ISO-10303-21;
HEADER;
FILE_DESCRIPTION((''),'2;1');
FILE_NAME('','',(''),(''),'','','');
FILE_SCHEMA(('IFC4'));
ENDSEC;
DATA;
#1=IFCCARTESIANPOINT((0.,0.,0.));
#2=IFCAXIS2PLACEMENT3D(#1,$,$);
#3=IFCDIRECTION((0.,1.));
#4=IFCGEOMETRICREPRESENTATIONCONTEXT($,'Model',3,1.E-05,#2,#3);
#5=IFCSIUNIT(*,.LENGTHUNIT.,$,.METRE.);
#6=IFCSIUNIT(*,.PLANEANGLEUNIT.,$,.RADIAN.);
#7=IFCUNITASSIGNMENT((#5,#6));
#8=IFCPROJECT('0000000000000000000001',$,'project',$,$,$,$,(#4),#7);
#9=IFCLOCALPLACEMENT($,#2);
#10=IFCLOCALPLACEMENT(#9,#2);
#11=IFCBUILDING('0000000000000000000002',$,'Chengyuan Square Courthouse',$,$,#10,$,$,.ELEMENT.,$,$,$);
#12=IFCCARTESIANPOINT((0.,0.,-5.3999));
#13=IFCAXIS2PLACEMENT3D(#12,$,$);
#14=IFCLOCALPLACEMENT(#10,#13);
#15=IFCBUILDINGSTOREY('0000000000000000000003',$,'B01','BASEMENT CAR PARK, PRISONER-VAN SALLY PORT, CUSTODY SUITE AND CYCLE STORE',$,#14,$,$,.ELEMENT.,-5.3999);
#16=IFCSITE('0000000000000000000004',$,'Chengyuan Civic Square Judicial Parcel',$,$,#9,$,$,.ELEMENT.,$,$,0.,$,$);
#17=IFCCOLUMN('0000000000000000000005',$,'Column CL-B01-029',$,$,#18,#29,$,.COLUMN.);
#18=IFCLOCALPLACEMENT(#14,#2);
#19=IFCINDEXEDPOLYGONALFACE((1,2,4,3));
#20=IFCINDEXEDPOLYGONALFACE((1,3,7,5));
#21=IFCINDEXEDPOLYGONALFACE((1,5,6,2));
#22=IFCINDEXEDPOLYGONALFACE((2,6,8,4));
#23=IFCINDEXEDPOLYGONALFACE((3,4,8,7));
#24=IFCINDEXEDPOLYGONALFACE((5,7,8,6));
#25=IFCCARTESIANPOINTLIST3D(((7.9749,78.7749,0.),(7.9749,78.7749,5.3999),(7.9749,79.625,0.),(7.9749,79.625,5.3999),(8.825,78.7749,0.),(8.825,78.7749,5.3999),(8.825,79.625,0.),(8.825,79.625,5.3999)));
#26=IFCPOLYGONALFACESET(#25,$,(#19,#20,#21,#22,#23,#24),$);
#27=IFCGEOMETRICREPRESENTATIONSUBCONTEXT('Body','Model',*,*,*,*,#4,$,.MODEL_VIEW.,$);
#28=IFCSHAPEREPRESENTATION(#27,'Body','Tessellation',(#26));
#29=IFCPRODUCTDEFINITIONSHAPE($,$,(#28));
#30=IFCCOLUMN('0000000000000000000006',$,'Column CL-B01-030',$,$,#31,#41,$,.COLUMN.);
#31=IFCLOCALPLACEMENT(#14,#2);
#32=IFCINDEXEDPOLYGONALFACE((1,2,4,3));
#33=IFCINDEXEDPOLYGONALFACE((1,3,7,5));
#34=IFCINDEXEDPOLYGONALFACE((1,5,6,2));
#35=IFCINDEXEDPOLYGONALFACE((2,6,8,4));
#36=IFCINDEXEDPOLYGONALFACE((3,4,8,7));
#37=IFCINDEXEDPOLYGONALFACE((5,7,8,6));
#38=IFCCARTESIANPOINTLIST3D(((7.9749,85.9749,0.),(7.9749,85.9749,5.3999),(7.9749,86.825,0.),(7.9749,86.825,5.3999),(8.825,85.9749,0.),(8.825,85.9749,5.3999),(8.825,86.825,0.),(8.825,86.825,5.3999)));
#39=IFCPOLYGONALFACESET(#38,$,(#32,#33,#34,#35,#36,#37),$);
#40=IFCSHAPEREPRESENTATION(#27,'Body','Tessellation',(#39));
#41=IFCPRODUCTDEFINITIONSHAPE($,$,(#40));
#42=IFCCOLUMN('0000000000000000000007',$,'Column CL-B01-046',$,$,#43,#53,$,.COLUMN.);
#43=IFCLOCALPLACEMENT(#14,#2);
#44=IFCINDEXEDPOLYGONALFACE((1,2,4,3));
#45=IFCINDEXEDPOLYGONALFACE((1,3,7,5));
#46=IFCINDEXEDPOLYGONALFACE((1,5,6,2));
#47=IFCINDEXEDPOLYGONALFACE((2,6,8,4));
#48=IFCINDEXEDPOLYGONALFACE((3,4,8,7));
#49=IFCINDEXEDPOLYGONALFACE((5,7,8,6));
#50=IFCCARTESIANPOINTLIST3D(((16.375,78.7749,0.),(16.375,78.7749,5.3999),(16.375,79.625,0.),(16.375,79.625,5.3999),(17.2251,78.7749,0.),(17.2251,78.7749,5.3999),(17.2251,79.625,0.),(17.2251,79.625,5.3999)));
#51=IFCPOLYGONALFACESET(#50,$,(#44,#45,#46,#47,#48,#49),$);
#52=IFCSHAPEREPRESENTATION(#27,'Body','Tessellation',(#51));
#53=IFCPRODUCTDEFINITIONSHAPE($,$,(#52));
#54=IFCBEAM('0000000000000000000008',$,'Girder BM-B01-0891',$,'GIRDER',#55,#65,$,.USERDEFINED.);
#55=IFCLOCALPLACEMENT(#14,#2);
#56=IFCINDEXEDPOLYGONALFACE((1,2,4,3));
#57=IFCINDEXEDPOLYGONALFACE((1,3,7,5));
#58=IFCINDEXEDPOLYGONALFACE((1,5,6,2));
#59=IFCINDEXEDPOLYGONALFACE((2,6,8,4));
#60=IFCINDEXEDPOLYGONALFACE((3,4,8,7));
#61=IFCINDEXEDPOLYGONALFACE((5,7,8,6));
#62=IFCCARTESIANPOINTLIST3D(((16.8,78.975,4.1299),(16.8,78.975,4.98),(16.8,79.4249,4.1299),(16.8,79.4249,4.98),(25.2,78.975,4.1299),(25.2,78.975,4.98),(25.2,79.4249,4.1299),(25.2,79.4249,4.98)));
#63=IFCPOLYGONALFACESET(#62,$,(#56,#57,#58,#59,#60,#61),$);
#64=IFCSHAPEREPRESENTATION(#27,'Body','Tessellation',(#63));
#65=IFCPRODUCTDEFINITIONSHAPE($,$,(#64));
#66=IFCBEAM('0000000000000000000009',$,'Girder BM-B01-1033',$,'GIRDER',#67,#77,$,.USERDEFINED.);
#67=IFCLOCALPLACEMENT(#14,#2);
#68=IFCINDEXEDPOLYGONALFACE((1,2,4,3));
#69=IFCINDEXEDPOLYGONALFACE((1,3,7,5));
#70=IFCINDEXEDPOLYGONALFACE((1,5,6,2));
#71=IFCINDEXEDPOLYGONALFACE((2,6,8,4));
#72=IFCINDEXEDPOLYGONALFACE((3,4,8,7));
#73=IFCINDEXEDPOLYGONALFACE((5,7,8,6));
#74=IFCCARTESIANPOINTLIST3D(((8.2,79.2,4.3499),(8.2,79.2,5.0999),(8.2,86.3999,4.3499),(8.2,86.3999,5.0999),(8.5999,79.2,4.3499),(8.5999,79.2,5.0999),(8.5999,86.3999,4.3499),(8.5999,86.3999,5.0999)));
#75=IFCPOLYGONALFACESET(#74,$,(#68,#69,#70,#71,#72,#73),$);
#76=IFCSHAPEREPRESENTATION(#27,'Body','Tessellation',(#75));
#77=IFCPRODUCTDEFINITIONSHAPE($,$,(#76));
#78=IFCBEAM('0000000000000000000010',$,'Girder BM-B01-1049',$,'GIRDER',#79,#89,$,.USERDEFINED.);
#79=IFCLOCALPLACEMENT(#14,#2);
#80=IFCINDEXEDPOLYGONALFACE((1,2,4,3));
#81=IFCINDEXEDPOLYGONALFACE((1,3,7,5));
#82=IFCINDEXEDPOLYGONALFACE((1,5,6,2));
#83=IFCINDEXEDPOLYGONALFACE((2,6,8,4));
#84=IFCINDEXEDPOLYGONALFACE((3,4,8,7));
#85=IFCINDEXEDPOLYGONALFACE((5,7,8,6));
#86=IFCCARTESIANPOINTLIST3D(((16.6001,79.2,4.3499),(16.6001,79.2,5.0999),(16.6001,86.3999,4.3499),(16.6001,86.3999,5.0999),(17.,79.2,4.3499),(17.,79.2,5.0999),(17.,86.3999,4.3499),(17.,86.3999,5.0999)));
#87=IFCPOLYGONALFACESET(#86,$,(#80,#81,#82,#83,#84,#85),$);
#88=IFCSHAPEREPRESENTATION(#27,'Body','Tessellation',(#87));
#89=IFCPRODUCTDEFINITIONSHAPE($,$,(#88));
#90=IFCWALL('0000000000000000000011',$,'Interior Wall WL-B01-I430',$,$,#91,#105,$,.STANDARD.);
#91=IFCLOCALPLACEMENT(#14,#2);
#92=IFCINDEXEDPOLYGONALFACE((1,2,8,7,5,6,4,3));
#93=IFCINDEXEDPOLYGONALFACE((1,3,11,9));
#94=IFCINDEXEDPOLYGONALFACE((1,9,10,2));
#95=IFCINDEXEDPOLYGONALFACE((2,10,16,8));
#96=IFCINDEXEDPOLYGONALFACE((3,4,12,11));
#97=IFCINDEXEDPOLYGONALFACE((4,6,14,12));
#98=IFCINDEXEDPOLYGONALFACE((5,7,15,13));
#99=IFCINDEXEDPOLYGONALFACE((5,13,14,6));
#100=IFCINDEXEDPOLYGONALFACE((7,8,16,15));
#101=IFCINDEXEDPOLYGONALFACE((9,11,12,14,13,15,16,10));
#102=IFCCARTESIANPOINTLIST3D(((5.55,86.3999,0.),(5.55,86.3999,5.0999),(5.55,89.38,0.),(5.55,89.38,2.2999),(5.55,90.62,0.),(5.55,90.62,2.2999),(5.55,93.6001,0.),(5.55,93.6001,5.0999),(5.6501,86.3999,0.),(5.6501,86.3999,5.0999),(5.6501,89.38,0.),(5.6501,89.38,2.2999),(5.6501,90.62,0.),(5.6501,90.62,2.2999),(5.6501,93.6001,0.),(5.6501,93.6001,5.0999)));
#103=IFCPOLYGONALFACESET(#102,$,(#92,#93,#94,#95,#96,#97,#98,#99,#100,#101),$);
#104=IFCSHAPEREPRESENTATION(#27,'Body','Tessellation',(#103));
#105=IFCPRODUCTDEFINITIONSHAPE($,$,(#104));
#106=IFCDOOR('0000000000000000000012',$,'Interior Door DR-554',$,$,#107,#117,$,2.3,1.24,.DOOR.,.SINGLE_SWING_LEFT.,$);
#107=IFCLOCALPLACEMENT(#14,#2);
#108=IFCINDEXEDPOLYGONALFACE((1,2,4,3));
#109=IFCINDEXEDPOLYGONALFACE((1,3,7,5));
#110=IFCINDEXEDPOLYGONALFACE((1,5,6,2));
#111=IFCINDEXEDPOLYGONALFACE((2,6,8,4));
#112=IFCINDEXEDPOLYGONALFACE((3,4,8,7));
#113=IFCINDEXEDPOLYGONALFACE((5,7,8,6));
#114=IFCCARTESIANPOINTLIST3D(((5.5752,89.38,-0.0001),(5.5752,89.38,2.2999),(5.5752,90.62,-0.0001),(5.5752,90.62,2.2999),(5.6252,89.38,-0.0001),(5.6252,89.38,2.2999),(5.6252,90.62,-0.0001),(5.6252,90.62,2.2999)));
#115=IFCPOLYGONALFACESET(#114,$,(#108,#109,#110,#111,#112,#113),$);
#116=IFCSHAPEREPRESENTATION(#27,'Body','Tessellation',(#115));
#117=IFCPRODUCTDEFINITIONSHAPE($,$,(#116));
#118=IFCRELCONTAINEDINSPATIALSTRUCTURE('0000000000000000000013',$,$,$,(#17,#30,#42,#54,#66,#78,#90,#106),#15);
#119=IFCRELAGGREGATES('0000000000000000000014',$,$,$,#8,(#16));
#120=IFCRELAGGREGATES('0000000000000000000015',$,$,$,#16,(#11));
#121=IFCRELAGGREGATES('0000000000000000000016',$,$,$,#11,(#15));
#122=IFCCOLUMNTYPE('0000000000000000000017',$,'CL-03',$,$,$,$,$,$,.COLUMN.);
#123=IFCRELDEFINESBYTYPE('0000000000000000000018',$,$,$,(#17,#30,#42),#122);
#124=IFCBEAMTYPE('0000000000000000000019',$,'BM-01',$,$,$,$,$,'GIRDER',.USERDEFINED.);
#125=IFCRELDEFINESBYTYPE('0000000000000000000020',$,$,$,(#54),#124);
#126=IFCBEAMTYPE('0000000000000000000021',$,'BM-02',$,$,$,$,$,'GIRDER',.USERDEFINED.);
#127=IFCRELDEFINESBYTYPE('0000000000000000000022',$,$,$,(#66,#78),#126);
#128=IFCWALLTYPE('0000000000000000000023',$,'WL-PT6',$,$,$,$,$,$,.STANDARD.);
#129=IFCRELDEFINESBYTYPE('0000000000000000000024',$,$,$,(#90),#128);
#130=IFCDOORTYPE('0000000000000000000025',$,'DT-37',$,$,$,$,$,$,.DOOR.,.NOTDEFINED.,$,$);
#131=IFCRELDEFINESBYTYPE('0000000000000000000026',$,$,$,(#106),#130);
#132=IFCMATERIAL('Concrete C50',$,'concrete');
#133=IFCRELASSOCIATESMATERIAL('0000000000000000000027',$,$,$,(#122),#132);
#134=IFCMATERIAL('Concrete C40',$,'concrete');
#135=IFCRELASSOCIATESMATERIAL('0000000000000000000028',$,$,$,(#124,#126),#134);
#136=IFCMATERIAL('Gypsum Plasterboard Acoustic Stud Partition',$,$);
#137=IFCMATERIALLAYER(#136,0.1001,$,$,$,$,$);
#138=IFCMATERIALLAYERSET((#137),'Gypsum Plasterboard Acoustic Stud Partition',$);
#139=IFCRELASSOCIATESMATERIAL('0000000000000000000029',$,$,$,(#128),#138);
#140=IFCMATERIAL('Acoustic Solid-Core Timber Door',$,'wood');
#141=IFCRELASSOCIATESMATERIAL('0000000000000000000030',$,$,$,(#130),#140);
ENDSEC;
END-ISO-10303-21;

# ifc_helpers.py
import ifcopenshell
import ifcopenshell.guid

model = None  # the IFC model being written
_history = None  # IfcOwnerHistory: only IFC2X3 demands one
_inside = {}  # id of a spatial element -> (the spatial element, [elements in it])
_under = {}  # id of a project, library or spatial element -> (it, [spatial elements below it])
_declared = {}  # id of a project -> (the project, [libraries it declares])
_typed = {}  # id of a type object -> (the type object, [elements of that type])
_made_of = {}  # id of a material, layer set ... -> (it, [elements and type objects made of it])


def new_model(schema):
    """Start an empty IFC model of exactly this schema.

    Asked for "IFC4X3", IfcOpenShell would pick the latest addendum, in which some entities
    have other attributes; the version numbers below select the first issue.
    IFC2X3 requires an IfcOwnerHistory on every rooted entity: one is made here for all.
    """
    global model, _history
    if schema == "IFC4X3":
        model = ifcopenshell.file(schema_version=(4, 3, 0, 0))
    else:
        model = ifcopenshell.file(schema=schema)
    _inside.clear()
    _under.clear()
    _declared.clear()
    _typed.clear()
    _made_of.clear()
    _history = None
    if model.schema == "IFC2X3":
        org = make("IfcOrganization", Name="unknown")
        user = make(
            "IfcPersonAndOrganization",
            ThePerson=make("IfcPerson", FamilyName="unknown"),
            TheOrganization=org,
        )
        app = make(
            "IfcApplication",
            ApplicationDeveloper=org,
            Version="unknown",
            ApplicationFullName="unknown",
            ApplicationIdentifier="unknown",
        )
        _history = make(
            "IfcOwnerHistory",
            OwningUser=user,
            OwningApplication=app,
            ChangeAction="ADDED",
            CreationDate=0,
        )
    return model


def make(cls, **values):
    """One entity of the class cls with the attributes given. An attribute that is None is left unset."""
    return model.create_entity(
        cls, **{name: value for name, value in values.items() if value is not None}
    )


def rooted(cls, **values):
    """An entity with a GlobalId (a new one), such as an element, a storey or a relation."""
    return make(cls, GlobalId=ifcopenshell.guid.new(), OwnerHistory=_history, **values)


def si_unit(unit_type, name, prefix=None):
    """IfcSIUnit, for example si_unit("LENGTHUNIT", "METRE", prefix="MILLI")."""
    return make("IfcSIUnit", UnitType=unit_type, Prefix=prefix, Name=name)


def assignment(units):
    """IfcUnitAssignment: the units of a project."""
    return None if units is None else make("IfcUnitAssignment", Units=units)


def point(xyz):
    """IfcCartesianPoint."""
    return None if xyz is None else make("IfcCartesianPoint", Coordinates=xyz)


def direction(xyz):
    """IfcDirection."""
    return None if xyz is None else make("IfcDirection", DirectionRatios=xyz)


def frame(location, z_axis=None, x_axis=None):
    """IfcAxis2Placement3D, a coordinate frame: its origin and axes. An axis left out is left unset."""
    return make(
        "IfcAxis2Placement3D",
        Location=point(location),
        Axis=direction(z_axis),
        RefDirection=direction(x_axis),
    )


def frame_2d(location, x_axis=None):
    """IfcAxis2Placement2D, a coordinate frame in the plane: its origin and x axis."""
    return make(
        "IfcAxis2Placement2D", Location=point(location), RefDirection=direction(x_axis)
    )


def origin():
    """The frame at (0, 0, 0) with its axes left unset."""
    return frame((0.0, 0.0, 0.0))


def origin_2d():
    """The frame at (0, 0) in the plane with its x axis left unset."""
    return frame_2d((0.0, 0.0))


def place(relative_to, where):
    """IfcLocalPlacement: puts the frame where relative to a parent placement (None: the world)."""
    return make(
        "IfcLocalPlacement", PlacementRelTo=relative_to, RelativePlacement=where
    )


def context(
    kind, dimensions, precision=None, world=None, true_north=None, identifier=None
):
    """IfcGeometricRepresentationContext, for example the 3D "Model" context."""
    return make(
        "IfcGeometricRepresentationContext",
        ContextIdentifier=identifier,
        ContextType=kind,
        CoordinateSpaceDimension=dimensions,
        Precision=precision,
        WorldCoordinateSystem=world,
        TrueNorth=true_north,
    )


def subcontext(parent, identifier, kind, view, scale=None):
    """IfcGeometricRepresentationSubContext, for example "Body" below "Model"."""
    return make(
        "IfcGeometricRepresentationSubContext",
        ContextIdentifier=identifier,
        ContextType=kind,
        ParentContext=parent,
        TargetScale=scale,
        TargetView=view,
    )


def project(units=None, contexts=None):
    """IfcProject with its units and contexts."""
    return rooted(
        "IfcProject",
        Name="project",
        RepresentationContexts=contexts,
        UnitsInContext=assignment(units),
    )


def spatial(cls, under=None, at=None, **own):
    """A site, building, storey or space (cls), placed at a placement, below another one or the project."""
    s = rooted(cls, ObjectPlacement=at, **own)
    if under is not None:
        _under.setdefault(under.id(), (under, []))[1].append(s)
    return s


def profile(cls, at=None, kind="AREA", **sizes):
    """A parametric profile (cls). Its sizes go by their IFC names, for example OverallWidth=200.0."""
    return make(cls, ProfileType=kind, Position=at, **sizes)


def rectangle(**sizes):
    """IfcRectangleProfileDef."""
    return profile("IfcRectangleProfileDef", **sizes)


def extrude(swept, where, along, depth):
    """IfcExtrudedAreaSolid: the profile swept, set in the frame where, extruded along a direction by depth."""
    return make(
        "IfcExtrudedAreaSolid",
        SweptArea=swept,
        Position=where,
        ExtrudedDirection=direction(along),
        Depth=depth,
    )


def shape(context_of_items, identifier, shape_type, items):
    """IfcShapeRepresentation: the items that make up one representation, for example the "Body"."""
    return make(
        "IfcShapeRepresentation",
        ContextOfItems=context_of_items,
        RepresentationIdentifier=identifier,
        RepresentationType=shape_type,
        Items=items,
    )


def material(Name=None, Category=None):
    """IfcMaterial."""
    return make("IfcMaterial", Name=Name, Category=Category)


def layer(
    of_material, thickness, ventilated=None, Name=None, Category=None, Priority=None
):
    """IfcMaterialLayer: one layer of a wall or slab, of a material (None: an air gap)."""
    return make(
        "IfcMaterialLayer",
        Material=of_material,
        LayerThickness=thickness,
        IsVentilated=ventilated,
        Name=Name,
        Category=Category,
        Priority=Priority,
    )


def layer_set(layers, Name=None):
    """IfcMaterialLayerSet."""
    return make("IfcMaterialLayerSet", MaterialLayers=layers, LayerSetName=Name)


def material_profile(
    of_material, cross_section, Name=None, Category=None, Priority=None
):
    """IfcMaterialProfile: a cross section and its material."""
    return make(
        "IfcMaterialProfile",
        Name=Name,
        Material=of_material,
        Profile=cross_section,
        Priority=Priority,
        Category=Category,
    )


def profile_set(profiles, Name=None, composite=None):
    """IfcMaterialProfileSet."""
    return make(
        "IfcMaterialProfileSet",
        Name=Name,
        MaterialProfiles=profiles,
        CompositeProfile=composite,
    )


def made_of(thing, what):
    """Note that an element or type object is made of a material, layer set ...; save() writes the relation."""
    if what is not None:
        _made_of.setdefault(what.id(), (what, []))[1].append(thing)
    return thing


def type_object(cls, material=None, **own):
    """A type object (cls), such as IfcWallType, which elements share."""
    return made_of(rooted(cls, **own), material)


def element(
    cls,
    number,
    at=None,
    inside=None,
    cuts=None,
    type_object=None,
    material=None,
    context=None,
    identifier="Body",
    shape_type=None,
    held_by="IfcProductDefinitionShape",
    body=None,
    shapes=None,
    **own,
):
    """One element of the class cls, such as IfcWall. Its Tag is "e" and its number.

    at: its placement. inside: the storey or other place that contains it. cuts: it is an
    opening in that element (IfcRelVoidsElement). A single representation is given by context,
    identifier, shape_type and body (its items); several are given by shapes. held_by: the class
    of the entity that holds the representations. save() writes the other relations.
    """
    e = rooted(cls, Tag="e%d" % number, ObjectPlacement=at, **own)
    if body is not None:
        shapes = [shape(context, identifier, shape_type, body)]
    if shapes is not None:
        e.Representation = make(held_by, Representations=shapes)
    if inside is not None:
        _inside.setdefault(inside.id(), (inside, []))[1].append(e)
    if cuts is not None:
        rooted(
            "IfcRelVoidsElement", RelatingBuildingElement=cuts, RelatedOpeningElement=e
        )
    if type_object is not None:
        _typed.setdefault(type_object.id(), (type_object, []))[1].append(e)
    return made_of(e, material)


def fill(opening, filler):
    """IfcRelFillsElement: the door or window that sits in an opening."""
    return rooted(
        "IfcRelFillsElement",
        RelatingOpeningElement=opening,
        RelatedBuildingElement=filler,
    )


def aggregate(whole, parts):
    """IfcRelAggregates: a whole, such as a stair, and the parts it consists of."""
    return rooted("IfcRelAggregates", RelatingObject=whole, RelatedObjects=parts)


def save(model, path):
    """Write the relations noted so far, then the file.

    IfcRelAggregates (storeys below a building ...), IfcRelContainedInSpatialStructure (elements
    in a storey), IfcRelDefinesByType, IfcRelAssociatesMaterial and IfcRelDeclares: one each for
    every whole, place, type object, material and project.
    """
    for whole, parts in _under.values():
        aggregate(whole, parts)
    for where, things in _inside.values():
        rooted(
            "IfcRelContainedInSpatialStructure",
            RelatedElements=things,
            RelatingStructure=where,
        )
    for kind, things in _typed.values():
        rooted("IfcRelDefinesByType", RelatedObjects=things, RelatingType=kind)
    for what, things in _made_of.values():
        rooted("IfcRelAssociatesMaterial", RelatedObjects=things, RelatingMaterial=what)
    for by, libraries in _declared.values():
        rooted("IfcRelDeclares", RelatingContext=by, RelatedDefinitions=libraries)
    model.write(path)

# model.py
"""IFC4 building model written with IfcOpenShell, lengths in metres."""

from ifc_helpers import new_model, si_unit, direction, frame, frame_2d, origin, origin_2d, place, context, subcontext, project, spatial, rectangle, extrude, material, layer, layer_set, material_profile, profile_set, type_object, element, fill, save


model = new_model("IFC4")

# Units and contexts
model_context = context("Model", 3, precision=1e-05, world=origin(), true_north=direction((0.0, 1.0)))
body_context = subcontext(model_context, "Body", "Model", "MODEL_VIEW")
ifc_project = project(units=[si_unit("LENGTHUNIT", "METRE"), si_unit("PLANEANGLEUNIT", "RADIAN")], contexts=[model_context])

# Site, building, storey
site_placement = place(None, origin())
site = spatial("IfcSite", under=ifc_project, at=site_placement, Name="Chengyuan Civic Square Judicial Parcel", CompositionType="ELEMENT", RefElevation=0.0)
building_placement = place(site_placement, origin())
building = spatial("IfcBuilding", under=site, at=building_placement, Name="Chengyuan Square Courthouse", CompositionType="ELEMENT")
storey_placement = place(building_placement, frame((0.0, 0.0, -5.3999)))
storey = spatial("IfcBuildingStorey", under=building, at=storey_placement, Name="B01", Description="BASEMENT CAR PARK, PRISONER-VAN SALLY PORT, CUSTODY SUITE AND CYCLE STORE", CompositionType="ELEMENT", Elevation=-5.3999)

# Columns
ifc_material_1 = material(Name="Concrete C50", Category="concrete")
ifc_material_profile_1 = material_profile(ifc_material_1, rectangle(XDim=0.8501, YDim=0.8501, at=origin_2d()), Name="RC-COL-850x850")
ifc_profile_set_1 = profile_set([ifc_material_profile_1], Name="Concrete C50")
column_type = type_object("IfcColumnType", Name="CL-03", PredefinedType="COLUMN", material=ifc_profile_set_1)
for number, where, z_axis, x_axis, name in (
    (1, (8.3999, 79.2, 0.0), (0.0, 0.0, 1.0), (1.0, 0.0, 0.0), "Column CL-B01-029"),
    (2, (8.3999, 86.3999, 0.0), (0.0, 0.0, 1.0), (1.0, 0.0, 0.0), "Column CL-B01-030"),
    (3, (16.8, 79.2, 0.0), (0.0, 0.0, 1.0), (1.0, 0.0, 0.0), "Column CL-B01-046"),
):
    element("IfcColumn", number, at=place(storey_placement, frame(where, z_axis=z_axis, x_axis=x_axis)), inside=storey, type_object=column_type, Name=name, PredefinedType="COLUMN", context=body_context, shape_type="SweptSolid", body=[
        extrude(rectangle(XDim=0.8501, YDim=0.8501, at=origin_2d()), origin(), (0.0, 0.0, 1.0), 5.3999),
    ])

# Beams
ifc_material_2 = material(Name="Concrete C40", Category="concrete")
ifc_material_profile_2 = material_profile(ifc_material_2, rectangle(XDim=0.45, YDim=0.8501, at=origin_2d()), Name="RC-BM-450x850")
ifc_profile_set_2 = profile_set([ifc_material_profile_2], Name="Concrete C40")
beam_type_1 = type_object("IfcBeamType", Name="BM-01", ElementType="GIRDER", PredefinedType="USERDEFINED", material=ifc_profile_set_2)
beam_placement = place(storey_placement, frame((16.8, 79.2, 4.5549), z_axis=(1.0, 0.0, 0.0), x_axis=(0.0, 1.0, 0.0)))
element("IfcBeam", 4, at=beam_placement, inside=storey, type_object=beam_type_1, Name="Girder BM-B01-0891", ObjectType="GIRDER", PredefinedType="USERDEFINED", context=body_context, shape_type="SweptSolid", body=[
    extrude(rectangle(XDim=0.45, YDim=0.8501, at=origin_2d()), origin(), (0.0, 0.0, 1.0), 8.3999),
])
ifc_material_profile_3 = material_profile(ifc_material_2, rectangle(XDim=0.3999, YDim=0.75, at=origin_2d()), Name="RC-BM-400x750")
ifc_profile_set_3 = profile_set([ifc_material_profile_3], Name="Concrete C40")
beam_type_2 = type_object("IfcBeamType", Name="BM-02", ElementType="GIRDER", PredefinedType="USERDEFINED", material=ifc_profile_set_3)
for number, where, z_axis, x_axis, name in (
    (5, (8.3999, 79.2, 4.7249), (0.0, 1.0, 0.0), (-1.0, 0.0, 0.0), "Girder BM-B01-1033"),
    (6, (16.8, 79.2, 4.7249), (0.0, 1.0, 0.0), (-1.0, 0.0, 0.0), "Girder BM-B01-1049"),
):
    element("IfcBeam", number, at=place(storey_placement, frame(where, z_axis=z_axis, x_axis=x_axis)), inside=storey, type_object=beam_type_2, Name=name, ObjectType="GIRDER", PredefinedType="USERDEFINED", context=body_context, shape_type="SweptSolid", body=[
        extrude(rectangle(XDim=0.3999, YDim=0.75, at=origin_2d()), origin(), (0.0, 0.0, 1.0), 7.2),
    ])

# Wall, opening, door
ifc_material_3 = material(Name="Gypsum Plasterboard Acoustic Stud Partition")
ifc_layer = layer(ifc_material_3, 0.1001)
ifc_layer_set = layer_set([ifc_layer], Name="Gypsum Plasterboard Acoustic Stud Partition")
wall_type = type_object("IfcWallType", Name="WL-PT6", PredefinedType="STANDARD", material=ifc_layer_set)
wall_1_placement = place(storey_placement, frame((5.6001, 86.3999, 0.0), z_axis=(0.0, 0.0, 1.0), x_axis=(0.0, 1.0, 0.0)))
wall_1 = element("IfcWall", 7, at=wall_1_placement, inside=storey, type_object=wall_type, Name="Interior Wall WL-B01-I430", PredefinedType="STANDARD", context=body_context, shape_type="SweptSolid", body=[
    extrude(rectangle(XDim=7.2002, YDim=0.1001, at=frame_2d((3.6001, 0.0))), origin(), (0.0, 0.0, 1.0), 5.0999),
])
opening_1_placement = place(wall_1_placement, frame((2.98, 0.0, 0.0)))
opening_1 = element("IfcOpeningElement", 8, at=opening_1_placement, cuts=wall_1, PredefinedType="OPENING", context=body_context, shape_type="SweptSolid", body=[
    extrude(rectangle(XDim=1.24, YDim=2.3, at=frame_2d((0.6201, 1.1499))), frame((0.0, 0.062, 0.0), z_axis=(0.0, -1.0, 0.0), x_axis=(1.0, 0.0, 0.0)), (0.0, 0.0, 1.0), 0.124),
])
ifc_material_4 = material(Name="Acoustic Solid-Core Timber Door", Category="wood")
door_type_1 = type_object("IfcDoorType", Name="DT-37", OperationType="NOTDEFINED", PredefinedType="DOOR", material=ifc_material_4)
door_1_placement = place(opening_1_placement, origin())
door_1 = element("IfcDoor", 9, at=door_1_placement, inside=storey, type_object=door_type_1, Name="Interior Door DR-554", OperationType="SINGLE_SWING_LEFT", OverallHeight=2.3, OverallWidth=1.24, PredefinedType="DOOR", context=body_context, shape_type="SweptSolid", body=[
    extrude(rectangle(XDim=1.24, YDim=2.3, at=frame_2d((0.6201, 1.1499))), frame((0.0, 0.0249, 0.0), z_axis=(0.0, -1.0, 0.0), x_axis=(1.0, 0.0, 0.0)), (0.0, 0.0, 1.0), 0.05),
])
fill(opening_1, door_1)

save(model, "model.ifc")
